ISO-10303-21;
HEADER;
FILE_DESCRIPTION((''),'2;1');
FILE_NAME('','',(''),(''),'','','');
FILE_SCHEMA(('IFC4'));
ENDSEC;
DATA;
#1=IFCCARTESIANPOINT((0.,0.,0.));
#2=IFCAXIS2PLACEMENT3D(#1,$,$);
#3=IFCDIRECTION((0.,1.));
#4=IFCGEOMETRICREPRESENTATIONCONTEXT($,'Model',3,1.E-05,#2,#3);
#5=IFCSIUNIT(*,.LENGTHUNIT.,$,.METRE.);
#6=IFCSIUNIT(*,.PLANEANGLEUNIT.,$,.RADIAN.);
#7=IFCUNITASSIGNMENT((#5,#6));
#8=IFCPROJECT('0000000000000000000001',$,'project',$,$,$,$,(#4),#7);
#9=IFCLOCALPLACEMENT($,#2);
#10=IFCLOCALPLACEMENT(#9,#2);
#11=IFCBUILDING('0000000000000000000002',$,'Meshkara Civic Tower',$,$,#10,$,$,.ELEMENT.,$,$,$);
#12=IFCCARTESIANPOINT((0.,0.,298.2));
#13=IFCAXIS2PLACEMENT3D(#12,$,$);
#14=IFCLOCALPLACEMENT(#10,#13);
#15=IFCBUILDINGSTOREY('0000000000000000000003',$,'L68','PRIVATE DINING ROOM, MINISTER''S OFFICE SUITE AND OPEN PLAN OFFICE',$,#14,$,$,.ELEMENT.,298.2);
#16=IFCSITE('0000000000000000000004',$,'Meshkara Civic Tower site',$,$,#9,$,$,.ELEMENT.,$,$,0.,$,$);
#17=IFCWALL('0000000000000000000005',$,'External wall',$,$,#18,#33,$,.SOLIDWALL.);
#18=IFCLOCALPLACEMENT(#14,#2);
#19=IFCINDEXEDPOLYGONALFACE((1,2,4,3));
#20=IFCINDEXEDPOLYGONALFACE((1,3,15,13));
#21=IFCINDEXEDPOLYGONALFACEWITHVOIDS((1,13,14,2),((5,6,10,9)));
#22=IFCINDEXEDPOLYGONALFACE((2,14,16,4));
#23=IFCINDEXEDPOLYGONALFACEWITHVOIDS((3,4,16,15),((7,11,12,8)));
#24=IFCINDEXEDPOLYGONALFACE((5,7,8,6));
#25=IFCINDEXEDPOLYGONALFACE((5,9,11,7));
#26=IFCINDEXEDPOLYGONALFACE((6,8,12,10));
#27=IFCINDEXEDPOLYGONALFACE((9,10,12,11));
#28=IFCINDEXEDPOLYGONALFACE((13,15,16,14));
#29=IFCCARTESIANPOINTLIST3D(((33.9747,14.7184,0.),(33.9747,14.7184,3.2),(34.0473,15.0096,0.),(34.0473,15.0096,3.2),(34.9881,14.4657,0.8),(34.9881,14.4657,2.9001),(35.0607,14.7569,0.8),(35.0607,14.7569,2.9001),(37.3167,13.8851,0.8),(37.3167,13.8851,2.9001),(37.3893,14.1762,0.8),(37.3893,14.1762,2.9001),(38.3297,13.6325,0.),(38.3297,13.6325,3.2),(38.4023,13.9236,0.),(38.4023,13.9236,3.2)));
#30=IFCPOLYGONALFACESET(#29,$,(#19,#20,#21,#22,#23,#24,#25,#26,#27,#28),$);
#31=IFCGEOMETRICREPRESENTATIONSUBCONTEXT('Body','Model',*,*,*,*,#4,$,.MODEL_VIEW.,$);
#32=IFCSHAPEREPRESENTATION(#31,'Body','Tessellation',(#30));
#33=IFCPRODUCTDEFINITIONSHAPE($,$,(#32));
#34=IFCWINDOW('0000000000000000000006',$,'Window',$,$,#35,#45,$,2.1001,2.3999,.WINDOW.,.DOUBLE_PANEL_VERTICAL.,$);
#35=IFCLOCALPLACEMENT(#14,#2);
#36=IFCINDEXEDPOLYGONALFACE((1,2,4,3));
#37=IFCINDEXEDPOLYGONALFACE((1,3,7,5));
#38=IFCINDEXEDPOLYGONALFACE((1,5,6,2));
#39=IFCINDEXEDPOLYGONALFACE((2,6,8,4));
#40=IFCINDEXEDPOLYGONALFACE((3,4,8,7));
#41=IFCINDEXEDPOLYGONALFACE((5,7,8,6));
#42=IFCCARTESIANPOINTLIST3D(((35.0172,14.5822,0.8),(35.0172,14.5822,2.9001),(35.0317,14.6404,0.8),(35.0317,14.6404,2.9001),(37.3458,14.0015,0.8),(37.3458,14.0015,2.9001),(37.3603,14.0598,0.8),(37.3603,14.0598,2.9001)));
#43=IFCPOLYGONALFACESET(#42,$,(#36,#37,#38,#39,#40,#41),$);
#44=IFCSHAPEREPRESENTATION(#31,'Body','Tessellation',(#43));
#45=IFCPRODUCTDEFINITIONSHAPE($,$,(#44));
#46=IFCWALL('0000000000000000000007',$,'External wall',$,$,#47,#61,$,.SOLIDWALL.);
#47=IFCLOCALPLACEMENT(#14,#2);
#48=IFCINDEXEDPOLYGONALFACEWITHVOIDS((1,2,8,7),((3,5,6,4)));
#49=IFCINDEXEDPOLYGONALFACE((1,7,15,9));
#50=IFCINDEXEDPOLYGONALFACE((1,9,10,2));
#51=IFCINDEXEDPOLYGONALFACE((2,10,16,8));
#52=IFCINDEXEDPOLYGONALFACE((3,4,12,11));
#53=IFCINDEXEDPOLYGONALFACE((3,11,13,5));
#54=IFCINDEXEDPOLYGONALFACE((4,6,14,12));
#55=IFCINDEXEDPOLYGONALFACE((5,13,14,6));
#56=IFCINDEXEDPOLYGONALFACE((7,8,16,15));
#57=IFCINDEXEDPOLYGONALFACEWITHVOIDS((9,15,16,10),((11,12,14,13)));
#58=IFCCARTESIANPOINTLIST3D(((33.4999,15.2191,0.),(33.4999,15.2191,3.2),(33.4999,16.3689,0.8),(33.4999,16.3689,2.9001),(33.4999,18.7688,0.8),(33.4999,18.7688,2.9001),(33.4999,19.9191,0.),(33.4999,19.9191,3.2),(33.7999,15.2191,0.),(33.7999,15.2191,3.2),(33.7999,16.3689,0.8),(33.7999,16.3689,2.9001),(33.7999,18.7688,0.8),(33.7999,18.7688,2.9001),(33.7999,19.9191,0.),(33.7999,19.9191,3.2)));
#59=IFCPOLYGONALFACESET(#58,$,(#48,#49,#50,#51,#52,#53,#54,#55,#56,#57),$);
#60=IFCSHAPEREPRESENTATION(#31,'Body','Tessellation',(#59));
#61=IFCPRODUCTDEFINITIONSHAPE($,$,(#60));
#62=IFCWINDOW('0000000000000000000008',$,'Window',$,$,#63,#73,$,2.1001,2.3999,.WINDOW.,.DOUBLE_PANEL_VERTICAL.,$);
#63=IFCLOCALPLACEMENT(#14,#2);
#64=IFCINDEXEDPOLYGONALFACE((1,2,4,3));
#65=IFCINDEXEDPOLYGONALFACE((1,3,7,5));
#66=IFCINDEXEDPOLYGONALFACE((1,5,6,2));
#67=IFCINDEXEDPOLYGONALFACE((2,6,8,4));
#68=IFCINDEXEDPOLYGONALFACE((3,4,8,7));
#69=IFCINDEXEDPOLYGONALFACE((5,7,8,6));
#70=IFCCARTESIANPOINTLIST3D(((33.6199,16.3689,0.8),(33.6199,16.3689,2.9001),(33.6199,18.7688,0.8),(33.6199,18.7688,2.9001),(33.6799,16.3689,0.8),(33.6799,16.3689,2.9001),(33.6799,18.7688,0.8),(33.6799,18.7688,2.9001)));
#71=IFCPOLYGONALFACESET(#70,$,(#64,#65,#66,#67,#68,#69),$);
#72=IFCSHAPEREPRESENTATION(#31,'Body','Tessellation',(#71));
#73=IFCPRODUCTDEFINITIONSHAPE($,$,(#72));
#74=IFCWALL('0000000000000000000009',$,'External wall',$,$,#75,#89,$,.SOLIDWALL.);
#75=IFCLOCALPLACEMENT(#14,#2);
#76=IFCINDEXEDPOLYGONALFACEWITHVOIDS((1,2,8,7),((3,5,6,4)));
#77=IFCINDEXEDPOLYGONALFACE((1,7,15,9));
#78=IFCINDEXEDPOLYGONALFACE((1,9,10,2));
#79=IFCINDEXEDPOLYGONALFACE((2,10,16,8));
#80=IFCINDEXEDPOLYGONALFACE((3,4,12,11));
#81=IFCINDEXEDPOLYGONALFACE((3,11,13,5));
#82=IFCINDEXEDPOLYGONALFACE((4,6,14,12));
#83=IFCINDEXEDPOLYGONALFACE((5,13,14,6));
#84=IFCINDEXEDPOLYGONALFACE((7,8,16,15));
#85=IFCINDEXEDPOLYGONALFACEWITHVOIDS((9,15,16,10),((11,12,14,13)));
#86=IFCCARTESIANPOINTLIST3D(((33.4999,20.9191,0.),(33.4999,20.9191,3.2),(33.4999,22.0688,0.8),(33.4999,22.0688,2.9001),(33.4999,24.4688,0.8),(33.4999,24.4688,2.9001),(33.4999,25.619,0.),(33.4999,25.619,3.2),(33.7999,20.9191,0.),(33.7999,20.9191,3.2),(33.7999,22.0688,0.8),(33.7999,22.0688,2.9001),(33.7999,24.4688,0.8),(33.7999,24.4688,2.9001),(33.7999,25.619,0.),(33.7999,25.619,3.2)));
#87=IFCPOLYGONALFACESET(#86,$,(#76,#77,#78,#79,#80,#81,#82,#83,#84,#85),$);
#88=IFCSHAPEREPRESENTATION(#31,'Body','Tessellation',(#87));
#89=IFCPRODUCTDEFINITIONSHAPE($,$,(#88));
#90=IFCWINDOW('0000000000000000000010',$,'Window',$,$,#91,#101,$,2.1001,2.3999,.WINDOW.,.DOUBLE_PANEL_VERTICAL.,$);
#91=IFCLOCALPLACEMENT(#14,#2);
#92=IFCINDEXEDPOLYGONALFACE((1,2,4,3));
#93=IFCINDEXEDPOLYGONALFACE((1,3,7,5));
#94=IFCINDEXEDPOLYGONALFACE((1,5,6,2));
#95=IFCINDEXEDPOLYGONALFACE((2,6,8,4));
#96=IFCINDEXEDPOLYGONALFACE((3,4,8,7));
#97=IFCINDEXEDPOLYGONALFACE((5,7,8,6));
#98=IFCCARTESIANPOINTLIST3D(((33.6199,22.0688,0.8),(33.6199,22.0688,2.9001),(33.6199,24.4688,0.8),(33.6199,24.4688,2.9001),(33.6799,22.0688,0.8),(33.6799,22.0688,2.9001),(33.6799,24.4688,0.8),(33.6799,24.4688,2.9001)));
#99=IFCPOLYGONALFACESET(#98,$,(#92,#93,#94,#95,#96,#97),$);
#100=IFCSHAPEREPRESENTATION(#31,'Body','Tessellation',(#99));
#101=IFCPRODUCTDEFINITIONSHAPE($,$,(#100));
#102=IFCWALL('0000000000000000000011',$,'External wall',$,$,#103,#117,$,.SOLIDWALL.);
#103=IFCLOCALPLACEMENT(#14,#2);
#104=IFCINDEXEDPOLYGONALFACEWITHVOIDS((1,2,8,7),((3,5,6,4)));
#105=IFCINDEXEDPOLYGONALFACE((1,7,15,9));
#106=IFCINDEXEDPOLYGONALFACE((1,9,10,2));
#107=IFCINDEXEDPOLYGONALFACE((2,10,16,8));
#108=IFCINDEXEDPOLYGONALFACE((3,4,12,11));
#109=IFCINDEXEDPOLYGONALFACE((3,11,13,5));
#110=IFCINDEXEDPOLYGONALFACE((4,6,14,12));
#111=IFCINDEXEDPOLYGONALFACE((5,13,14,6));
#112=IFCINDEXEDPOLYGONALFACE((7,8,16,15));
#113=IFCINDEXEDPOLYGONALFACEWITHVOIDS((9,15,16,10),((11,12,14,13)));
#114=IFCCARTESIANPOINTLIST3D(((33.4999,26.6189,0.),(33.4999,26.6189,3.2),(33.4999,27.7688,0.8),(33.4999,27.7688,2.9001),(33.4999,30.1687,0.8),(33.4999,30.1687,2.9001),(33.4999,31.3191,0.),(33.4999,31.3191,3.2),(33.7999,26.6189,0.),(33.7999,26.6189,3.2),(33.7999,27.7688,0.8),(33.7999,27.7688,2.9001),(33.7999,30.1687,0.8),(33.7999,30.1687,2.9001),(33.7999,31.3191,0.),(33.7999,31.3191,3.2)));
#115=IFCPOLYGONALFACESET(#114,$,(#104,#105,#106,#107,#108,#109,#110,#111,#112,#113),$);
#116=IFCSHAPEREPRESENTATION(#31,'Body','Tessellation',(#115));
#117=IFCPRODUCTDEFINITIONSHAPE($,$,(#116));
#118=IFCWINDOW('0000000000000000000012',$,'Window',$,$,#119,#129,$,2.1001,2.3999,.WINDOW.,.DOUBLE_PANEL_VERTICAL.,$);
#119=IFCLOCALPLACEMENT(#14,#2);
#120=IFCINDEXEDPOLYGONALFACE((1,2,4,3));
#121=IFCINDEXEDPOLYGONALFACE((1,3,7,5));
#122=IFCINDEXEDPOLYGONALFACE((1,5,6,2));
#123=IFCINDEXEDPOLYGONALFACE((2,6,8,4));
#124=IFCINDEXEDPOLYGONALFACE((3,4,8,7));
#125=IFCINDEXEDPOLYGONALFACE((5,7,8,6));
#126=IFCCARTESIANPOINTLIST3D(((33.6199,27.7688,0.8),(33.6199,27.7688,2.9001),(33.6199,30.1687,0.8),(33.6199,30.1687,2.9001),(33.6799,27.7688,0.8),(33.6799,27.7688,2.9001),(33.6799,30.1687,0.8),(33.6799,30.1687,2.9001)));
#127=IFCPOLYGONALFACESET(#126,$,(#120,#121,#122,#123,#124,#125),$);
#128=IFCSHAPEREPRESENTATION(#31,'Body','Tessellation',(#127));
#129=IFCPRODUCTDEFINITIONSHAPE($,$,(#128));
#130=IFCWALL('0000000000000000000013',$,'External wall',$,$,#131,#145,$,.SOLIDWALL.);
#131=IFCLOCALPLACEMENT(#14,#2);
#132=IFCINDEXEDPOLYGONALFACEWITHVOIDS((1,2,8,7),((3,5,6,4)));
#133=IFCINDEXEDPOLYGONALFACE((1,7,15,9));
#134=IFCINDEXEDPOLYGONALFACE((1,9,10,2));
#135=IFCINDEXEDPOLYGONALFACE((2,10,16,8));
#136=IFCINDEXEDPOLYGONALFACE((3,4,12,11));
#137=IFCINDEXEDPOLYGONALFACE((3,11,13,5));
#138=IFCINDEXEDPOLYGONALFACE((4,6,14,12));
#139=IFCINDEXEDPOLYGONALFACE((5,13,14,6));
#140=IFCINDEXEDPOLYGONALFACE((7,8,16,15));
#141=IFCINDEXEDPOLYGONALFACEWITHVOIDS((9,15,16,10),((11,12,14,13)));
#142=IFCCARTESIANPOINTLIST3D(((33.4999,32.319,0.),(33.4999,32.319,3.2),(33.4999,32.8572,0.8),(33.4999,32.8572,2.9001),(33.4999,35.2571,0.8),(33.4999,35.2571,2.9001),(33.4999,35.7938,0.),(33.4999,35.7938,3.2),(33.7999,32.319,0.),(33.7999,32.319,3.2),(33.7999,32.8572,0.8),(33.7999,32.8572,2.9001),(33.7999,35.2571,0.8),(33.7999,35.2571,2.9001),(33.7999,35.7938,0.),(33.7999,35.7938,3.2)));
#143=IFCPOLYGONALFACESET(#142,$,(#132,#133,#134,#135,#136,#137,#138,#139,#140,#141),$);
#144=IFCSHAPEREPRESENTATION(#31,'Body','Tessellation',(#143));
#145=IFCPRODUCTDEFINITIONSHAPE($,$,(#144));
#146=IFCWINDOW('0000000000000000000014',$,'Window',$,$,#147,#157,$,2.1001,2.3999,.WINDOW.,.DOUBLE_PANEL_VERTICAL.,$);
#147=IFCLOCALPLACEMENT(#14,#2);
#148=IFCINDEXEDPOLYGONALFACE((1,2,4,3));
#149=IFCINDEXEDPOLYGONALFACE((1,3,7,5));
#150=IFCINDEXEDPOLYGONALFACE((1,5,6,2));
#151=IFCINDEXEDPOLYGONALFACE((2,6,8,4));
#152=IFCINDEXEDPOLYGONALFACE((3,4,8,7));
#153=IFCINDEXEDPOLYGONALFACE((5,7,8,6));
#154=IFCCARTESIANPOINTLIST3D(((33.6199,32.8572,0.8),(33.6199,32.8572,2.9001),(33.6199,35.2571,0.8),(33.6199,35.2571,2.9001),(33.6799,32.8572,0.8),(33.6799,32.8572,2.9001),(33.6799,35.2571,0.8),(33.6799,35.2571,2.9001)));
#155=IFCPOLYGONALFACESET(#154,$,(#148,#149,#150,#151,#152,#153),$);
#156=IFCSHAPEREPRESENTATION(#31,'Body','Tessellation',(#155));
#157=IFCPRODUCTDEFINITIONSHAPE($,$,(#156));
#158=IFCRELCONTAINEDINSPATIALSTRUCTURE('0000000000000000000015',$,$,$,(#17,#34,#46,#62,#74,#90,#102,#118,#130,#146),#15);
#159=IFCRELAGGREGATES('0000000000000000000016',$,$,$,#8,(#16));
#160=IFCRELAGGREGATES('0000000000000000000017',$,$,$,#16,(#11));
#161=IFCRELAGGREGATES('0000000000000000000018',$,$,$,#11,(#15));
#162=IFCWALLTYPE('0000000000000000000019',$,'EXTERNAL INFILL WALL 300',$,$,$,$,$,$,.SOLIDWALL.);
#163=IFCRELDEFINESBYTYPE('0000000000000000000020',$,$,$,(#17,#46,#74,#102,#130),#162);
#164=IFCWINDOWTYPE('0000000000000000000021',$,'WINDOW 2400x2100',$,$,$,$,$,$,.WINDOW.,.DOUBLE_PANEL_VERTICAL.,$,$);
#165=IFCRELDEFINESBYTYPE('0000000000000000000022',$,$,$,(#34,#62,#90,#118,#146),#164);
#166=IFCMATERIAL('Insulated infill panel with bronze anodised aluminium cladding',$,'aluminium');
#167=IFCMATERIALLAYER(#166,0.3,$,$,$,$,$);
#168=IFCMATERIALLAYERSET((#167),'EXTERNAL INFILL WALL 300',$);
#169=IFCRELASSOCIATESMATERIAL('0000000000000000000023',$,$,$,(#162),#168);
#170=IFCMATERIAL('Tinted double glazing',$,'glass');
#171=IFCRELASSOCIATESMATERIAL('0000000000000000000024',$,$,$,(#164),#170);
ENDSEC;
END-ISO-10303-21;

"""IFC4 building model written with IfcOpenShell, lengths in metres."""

from ifc_helpers import new_model, si_unit, direction, frame, frame_2d, origin, place, context, subcontext, project, spatial, rectangle, extrude, material, layer, layer_set, type_object, element, fill, save


model = new_model("IFC4")

# Units and contexts
model_context = context("Model", 3, precision=1e-05, world=origin(), true_north=direction((0.0, 1.0)))
body_context = subcontext(model_context, "Body", "Model", "MODEL_VIEW")
ifc_project = project(units=[si_unit("LENGTHUNIT", "METRE"), si_unit("PLANEANGLEUNIT", "RADIAN")], contexts=[model_context])

# Site, building, storey
site_placement = place(None, origin())
site = spatial("IfcSite", under=ifc_project, at=site_placement, Name="Meshkara Civic Tower site", CompositionType="ELEMENT", RefElevation=0.0)
building_placement = place(site_placement, origin())
building = spatial("IfcBuilding", under=site, at=building_placement, Name="Meshkara Civic Tower", CompositionType="ELEMENT")
storey_placement = place(building_placement, frame((0.0, 0.0, 298.2)))
storey = spatial("IfcBuildingStorey", under=building, at=storey_placement, Name="L68", Description="PRIVATE DINING ROOM, MINISTER'S OFFICE SUITE AND OPEN PLAN OFFICE", CompositionType="ELEMENT", Elevation=298.2)

# Walls, openings, windows
ifc_material_1 = material(Name="Insulated infill panel with bronze anodised aluminium cladding", Category="aluminium")
ifc_layer = layer(ifc_material_1, 0.3)
ifc_layer_set = layer_set([ifc_layer], Name="EXTERNAL INFILL WALL 300")
wall_type = type_object("IfcWallType", Name="EXTERNAL INFILL WALL 300", PredefinedType="SOLIDWALL", material=ifc_layer_set)
ifc_material_2 = material(Name="Tinted double glazing", Category="glass")
window_type = type_object("IfcWindowType", Name="WINDOW 2400x2100", PartitioningType="DOUBLE_PANEL_VERTICAL", PredefinedType="WINDOW", material=ifc_material_2)
wall_1_placement = place(storey_placement, frame((38.366, 13.7781, 0.0), z_axis=(0.0, 0.0, 1.0), x_axis=(-0.97029, 0.241947, 0.0)))
wall_1 = element("IfcWall", 1, at=wall_1_placement, inside=storey, type_object=wall_type, Name="External wall", PredefinedType="SOLIDWALL", context=body_context, shape_type="SweptSolid", body=[
    extrude(rectangle(XDim=4.4883, YDim=0.3, at=frame_2d((2.2441, 0.0))), origin(), (0.0, 0.0, 1.0), 3.2),
])
opening_1_placement = place(wall_1_placement, frame((1.0439, 0.0, 0.8)))
opening_1 = element("IfcOpeningElement", 2, at=opening_1_placement, cuts=wall_1, PredefinedType="OPENING", context=body_context, shape_type="SweptSolid", body=[
    extrude(rectangle(XDim=2.3999, YDim=2.1001, at=frame_2d((1.2, 1.05))), frame((0.0, 0.1599, 0.0), z_axis=(0.0, -1.0, 0.0), x_axis=(1.0, 0.0, 0.0)), (0.0, 0.0, 1.0), 0.3201),
])
window_1_placement = place(opening_1_placement, origin())
window_1 = element("IfcWindow", 3, at=window_1_placement, inside=storey, type_object=window_type, Name="Window", OverallHeight=2.1001, OverallWidth=2.3999, PartitioningType="DOUBLE_PANEL_VERTICAL", PredefinedType="WINDOW", context=body_context, shape_type="SweptSolid", body=[
    extrude(rectangle(XDim=2.3999, YDim=2.1001, at=frame_2d((1.2, 1.05))), frame((0.0, 0.03, 0.0), z_axis=(0.0, -1.0, 0.0), x_axis=(1.0, 0.0, 0.0)), (0.0, 0.0, 1.0), 0.0601),
])
fill(opening_1, window_1)
wall_2_placement = place(storey_placement, frame((33.6499, 15.219, 0.0), z_axis=(0.0, 0.0, 1.0), x_axis=(0.0, 1.0, 0.0)))
wall_2 = element("IfcWall", 4, at=wall_2_placement, inside=storey, type_object=wall_type, Name="External wall", PredefinedType="SOLIDWALL", context=body_context, shape_type="SweptSolid", body=[
    extrude(rectangle(XDim=4.7, YDim=0.3, at=frame_2d((2.3501, 0.0))), origin(), (0.0, 0.0, 1.0), 3.2),
])
opening_2_placement = place(wall_2_placement, frame((1.1499, 0.0, 0.8)))
opening_2 = element("IfcOpeningElement", 5, at=opening_2_placement, cuts=wall_2, PredefinedType="OPENING", context=body_context, shape_type="SweptSolid", body=[
    extrude(rectangle(XDim=2.3999, YDim=2.1001, at=frame_2d((1.2, 1.05))), frame((0.0, 0.1599, 0.0), z_axis=(0.0, -1.0, 0.0), x_axis=(1.0, 0.0, 0.0)), (0.0, 0.0, 1.0), 0.3201),
])
window_2_placement = place(opening_2_placement, origin())
window_2 = element("IfcWindow", 6, at=window_2_placement, inside=storey, type_object=window_type, Name="Window", OverallHeight=2.1001, OverallWidth=2.3999, PartitioningType="DOUBLE_PANEL_VERTICAL", PredefinedType="WINDOW", context=body_context, shape_type="SweptSolid", body=[
    extrude(rectangle(XDim=2.3999, YDim=2.1001, at=frame_2d((1.2, 1.05))), frame((0.0, 0.03, 0.0), z_axis=(0.0, -1.0, 0.0), x_axis=(1.0, 0.0, 0.0)), (0.0, 0.0, 1.0), 0.0601),
])
fill(opening_2, window_2)
wall_3_placement = place(storey_placement, frame((33.6499, 20.9189, 0.0), z_axis=(0.0, 0.0, 1.0), x_axis=(0.0, 1.0, 0.0)))
wall_3 = element("IfcWall", 7, at=wall_3_placement, inside=storey, type_object=wall_type, Name="External wall", PredefinedType="SOLIDWALL", context=body_context, shape_type="SweptSolid", body=[
    extrude(rectangle(XDim=4.7, YDim=0.3, at=frame_2d((2.3501, 0.0))), origin(), (0.0, 0.0, 1.0), 3.2),
])
opening_3_placement = place(wall_3_placement, frame((1.1499, 0.0, 0.8)))
opening_3 = element("IfcOpeningElement", 8, at=opening_3_placement, cuts=wall_3, PredefinedType="OPENING", context=body_context, shape_type="SweptSolid", body=[
    extrude(rectangle(XDim=2.3999, YDim=2.1001, at=frame_2d((1.2, 1.05))), frame((0.0, 0.1599, 0.0), z_axis=(0.0, -1.0, 0.0), x_axis=(1.0, 0.0, 0.0)), (0.0, 0.0, 1.0), 0.3201),
])
window_3_placement = place(opening_3_placement, origin())
window_3 = element("IfcWindow", 9, at=window_3_placement, inside=storey, type_object=window_type, Name="Window", OverallHeight=2.1001, OverallWidth=2.3999, PartitioningType="DOUBLE_PANEL_VERTICAL", PredefinedType="WINDOW", context=body_context, shape_type="SweptSolid", body=[
    extrude(rectangle(XDim=2.3999, YDim=2.1001, at=frame_2d((1.2, 1.05))), frame((0.0, 0.03, 0.0), z_axis=(0.0, -1.0, 0.0), x_axis=(1.0, 0.0, 0.0)), (0.0, 0.0, 1.0), 0.0601),
])
fill(opening_3, window_3)
wall_4_placement = place(storey_placement, frame((33.6499, 26.6189, 0.0), z_axis=(0.0, 0.0, 1.0), x_axis=(0.0, 1.0, 0.0)))
wall_4 = element("IfcWall", 10, at=wall_4_placement, inside=storey, type_object=wall_type, Name="External wall", PredefinedType="SOLIDWALL", context=body_context, shape_type="SweptSolid", body=[
    extrude(rectangle(XDim=4.7002, YDim=0.3, at=frame_2d((2.3501, 0.0))), origin(), (0.0, 0.0, 1.0), 3.2),
])
opening_4_placement = place(wall_4_placement, frame((1.1499, 0.0, 0.8)))
opening_4 = element("IfcOpeningElement", 11, at=opening_4_placement, cuts=wall_4, PredefinedType="OPENING", context=body_context, shape_type="SweptSolid", body=[
    extrude(rectangle(XDim=2.3999, YDim=2.1001, at=frame_2d((1.2, 1.05))), frame((0.0, 0.1599, 0.0), z_axis=(0.0, -1.0, 0.0), x_axis=(1.0, 0.0, 0.0)), (0.0, 0.0, 1.0), 0.3201),
])
window_4_placement = place(opening_4_placement, origin())
window_4 = element("IfcWindow", 12, at=window_4_placement, inside=storey, type_object=window_type, Name="Window", OverallHeight=2.1001, OverallWidth=2.3999, PartitioningType="DOUBLE_PANEL_VERTICAL", PredefinedType="WINDOW", context=body_context, shape_type="SweptSolid", body=[
    extrude(rectangle(XDim=2.3999, YDim=2.1001, at=frame_2d((1.2, 1.05))), frame((0.0, 0.03, 0.0), z_axis=(0.0, -1.0, 0.0), x_axis=(1.0, 0.0, 0.0)), (0.0, 0.0, 1.0), 0.0601),
])
fill(opening_4, window_4)
wall_5_placement = place(storey_placement, frame((33.6499, 32.3191, 0.0), z_axis=(0.0, 0.0, 1.0), x_axis=(0.0, 1.0, 0.0)))
wall_5 = element("IfcWall", 13, at=wall_5_placement, inside=storey, type_object=wall_type, Name="External wall", PredefinedType="SOLIDWALL", context=body_context, shape_type="SweptSolid", body=[
    extrude(rectangle(XDim=3.4749, YDim=0.3, at=frame_2d((1.7373, 0.0))), origin(), (0.0, 0.0, 1.0), 3.2),
])
opening_5_placement = place(wall_5_placement, frame((0.5381, 0.0, 0.8)))
opening_5 = element("IfcOpeningElement", 14, at=opening_5_placement, cuts=wall_5, PredefinedType="OPENING", context=body_context, shape_type="SweptSolid", body=[
    extrude(rectangle(XDim=2.3999, YDim=2.1001, at=frame_2d((1.2, 1.05))), frame((0.0, 0.1599, 0.0), z_axis=(0.0, -1.0, 0.0), x_axis=(1.0, 0.0, 0.0)), (0.0, 0.0, 1.0), 0.3201),
])
window_5_placement = place(opening_5_placement, origin())
window_5 = element("IfcWindow", 15, at=window_5_placement, inside=storey, type_object=window_type, Name="Window", OverallHeight=2.1001, OverallWidth=2.3999, PartitioningType="DOUBLE_PANEL_VERTICAL", PredefinedType="WINDOW", context=body_context, shape_type="SweptSolid", body=[
    extrude(rectangle(XDim=2.3999, YDim=2.1001, at=frame_2d((1.2, 1.05))), frame((0.0, 0.03, 0.0), z_axis=(0.0, -1.0, 0.0), x_axis=(1.0, 0.0, 0.0)), (0.0, 0.0, 1.0), 0.0601),
])
fill(opening_5, window_5)

save(model, "model.ifc")
